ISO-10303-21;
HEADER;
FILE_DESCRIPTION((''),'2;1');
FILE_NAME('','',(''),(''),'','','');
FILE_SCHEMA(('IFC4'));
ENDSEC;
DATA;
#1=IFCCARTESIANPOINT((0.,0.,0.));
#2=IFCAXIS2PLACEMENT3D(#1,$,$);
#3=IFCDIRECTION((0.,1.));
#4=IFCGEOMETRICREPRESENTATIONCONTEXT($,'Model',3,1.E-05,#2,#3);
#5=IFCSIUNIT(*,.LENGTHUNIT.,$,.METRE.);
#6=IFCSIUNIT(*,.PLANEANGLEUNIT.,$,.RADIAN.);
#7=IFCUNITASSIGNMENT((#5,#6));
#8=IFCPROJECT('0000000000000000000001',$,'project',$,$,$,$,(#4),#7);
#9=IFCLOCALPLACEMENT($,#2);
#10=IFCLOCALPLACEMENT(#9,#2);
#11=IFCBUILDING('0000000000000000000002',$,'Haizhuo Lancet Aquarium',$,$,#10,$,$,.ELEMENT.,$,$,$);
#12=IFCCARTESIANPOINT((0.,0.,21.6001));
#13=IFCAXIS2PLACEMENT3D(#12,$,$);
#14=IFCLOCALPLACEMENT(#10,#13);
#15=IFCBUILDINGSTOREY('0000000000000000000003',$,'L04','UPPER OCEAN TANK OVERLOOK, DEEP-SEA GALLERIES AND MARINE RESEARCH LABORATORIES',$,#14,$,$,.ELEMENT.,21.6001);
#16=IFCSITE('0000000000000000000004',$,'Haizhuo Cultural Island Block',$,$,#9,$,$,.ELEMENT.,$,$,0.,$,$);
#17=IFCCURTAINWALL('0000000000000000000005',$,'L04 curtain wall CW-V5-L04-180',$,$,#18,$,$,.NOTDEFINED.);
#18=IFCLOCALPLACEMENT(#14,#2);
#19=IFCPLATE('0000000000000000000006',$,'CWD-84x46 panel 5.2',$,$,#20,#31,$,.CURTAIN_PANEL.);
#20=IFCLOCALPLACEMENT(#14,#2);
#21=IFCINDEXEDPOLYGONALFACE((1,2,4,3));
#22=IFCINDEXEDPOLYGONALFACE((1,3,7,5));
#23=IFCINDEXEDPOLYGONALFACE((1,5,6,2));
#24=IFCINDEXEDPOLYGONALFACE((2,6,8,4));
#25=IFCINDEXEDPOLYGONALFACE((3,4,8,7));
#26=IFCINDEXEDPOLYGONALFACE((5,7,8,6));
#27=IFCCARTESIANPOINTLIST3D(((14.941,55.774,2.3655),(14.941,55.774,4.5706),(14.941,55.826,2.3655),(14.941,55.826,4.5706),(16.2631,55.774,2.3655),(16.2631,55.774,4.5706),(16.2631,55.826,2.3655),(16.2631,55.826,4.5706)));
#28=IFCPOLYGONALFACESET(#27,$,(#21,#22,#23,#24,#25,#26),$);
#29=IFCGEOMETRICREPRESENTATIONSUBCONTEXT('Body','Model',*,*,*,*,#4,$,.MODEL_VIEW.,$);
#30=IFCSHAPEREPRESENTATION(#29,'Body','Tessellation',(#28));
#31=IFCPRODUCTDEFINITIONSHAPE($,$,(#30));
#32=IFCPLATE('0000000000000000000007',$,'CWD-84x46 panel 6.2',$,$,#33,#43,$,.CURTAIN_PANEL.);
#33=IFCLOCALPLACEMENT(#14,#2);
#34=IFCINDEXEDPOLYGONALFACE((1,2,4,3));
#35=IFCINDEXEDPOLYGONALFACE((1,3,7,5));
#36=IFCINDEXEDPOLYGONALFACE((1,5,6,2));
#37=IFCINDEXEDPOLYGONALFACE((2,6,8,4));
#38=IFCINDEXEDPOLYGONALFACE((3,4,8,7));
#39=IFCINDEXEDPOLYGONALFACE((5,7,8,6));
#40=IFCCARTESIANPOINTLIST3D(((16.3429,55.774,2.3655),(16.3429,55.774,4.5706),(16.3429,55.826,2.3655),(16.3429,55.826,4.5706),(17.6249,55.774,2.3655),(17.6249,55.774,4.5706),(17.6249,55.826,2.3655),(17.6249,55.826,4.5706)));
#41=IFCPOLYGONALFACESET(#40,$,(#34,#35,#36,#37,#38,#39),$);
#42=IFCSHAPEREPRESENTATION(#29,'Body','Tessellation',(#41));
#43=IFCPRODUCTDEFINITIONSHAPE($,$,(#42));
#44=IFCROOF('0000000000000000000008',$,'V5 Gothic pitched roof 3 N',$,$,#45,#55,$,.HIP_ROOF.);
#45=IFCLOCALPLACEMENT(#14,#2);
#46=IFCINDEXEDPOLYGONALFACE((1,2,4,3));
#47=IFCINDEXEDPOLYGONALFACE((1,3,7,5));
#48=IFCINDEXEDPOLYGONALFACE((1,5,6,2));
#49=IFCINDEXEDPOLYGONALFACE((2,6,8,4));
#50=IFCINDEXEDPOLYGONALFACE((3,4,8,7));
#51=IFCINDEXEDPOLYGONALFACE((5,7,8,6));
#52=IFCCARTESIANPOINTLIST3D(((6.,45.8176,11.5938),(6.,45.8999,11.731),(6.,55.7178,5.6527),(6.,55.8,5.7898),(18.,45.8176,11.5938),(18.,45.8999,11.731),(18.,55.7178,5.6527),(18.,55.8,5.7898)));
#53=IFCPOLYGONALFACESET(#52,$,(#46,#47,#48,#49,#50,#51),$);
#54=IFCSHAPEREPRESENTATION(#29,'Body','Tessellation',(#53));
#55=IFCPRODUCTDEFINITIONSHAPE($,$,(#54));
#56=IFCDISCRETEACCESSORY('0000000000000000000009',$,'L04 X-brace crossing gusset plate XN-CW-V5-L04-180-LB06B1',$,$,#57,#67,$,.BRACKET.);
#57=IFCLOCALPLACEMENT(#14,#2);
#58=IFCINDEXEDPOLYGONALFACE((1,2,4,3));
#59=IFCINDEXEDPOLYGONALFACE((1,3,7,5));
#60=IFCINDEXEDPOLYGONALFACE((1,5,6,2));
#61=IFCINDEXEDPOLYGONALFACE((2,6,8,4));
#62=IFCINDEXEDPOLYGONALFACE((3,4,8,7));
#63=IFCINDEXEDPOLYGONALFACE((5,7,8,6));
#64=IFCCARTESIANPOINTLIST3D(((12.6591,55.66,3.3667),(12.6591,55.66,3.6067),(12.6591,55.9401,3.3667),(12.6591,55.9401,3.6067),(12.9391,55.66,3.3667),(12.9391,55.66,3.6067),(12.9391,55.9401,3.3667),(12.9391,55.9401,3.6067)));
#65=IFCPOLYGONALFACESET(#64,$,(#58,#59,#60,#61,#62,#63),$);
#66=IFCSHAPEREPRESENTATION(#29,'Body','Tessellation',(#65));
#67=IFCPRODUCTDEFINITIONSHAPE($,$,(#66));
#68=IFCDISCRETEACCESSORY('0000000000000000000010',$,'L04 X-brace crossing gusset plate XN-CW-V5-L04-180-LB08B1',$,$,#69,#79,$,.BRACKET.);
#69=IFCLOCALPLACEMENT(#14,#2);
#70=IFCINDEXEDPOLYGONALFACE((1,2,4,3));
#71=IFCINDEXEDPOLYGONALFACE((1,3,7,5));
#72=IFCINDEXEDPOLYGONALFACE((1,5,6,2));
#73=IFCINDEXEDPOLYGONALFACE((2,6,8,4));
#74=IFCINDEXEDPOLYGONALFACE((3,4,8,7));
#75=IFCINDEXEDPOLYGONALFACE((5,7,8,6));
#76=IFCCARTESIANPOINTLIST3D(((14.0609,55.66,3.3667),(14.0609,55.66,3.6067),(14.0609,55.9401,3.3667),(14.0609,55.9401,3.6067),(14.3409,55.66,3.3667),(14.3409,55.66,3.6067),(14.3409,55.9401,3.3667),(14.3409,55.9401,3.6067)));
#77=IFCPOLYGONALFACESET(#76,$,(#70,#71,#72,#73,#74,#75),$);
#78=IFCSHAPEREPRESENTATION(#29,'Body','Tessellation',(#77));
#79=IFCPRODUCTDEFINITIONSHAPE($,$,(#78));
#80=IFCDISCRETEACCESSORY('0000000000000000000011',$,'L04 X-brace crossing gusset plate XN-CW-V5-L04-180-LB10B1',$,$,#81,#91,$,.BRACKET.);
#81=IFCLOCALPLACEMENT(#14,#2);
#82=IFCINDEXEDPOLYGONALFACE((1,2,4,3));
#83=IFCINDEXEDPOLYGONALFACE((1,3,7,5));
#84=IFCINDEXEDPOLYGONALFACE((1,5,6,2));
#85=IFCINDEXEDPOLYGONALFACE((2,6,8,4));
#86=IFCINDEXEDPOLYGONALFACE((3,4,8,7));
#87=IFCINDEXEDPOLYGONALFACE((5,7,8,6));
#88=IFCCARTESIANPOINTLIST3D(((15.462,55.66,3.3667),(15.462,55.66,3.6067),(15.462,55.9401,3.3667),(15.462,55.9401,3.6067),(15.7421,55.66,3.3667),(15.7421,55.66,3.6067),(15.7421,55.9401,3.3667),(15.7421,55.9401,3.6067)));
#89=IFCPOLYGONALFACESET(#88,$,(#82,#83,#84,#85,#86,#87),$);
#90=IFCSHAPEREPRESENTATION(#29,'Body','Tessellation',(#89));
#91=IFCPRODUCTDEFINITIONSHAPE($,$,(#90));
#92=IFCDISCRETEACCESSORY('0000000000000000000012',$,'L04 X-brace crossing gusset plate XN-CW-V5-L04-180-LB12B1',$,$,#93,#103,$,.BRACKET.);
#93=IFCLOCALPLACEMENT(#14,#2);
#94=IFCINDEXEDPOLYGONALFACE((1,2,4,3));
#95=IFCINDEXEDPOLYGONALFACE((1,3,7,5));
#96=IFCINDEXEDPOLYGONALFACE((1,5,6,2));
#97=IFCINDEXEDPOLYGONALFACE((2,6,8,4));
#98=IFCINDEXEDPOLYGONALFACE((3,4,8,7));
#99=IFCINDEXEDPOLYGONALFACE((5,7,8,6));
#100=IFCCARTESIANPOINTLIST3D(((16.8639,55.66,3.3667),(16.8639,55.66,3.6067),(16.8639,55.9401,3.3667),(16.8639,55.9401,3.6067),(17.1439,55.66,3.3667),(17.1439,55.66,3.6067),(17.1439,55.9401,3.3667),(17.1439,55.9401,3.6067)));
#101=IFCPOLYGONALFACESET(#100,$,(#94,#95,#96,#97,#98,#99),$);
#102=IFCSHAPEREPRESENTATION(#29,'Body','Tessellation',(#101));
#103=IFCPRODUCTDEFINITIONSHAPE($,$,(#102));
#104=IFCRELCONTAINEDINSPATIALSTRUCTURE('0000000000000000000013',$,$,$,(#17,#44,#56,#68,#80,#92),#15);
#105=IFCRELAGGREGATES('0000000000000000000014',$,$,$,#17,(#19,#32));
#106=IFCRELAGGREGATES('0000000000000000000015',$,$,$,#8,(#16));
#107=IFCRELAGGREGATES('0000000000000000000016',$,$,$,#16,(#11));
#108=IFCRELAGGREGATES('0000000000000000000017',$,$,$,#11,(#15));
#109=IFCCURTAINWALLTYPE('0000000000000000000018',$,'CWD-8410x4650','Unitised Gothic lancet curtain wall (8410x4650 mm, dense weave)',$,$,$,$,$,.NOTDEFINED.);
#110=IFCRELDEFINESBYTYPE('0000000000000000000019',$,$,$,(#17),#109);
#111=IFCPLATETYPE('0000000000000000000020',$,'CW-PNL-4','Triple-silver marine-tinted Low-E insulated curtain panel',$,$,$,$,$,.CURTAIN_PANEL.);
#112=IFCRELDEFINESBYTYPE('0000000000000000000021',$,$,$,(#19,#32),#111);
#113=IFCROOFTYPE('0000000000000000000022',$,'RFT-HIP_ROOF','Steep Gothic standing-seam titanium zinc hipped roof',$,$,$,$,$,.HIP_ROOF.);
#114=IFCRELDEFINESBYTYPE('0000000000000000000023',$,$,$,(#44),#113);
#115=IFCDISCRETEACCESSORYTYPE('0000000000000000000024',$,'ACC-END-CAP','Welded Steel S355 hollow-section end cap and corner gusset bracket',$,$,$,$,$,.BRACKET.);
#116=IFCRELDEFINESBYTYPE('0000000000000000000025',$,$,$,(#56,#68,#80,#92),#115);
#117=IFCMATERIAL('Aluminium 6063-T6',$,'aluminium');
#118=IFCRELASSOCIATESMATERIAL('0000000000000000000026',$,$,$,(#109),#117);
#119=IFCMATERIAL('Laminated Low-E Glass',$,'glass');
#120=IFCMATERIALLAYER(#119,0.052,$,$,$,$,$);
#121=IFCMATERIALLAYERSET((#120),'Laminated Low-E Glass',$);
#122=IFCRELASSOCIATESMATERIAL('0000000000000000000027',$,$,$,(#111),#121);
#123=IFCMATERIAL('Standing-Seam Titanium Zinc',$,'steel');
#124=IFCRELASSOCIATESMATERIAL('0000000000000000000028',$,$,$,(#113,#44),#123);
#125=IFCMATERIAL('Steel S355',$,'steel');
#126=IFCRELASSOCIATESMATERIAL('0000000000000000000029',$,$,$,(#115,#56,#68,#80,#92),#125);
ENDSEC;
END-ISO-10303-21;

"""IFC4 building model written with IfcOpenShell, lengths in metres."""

from ifc_helpers import new_model, si_unit, direction, frame, origin, origin_2d, place, context, subcontext, project, spatial, polyline, rectangle, outline, extrude, material, layer, layer_set, type_object, element, aggregate, save


model = new_model("IFC4")

# Units and contexts
model_context = context("Model", 3, precision=1e-05, world=origin(), true_north=direction((0.0, 1.0)))
body_context = subcontext(model_context, "Body", "Model", "MODEL_VIEW")
ifc_project = project(units=[si_unit("LENGTHUNIT", "METRE"), si_unit("PLANEANGLEUNIT", "RADIAN")], contexts=[model_context])

# Site, building, storey
site_placement = place(None, origin())
site = spatial("IfcSite", under=ifc_project, at=site_placement, Name="Haizhuo Cultural Island Block", CompositionType="ELEMENT", RefElevation=0.0)
building_placement = place(site_placement, origin())
building = spatial("IfcBuilding", under=site, at=building_placement, Name="Haizhuo Lancet Aquarium", CompositionType="ELEMENT")
storey_placement = place(building_placement, frame((0.0, 0.0, 21.6001)))
storey = spatial("IfcBuildingStorey", under=building, at=storey_placement, Name="L04", Description="UPPER OCEAN TANK OVERLOOK, DEEP-SEA GALLERIES AND MARINE RESEARCH LABORATORIES", CompositionType="ELEMENT", Elevation=21.6001)

# Curtain wall
ifc_material_1 = material(Name="Aluminium 6063-T6", Category="aluminium")
curtain_wall_type = type_object("IfcCurtainWallType", Name="CWD-8410x4650", Description="Unitised Gothic lancet curtain wall (8410x4650 mm, dense weave)", PredefinedType="NOTDEFINED", material=ifc_material_1)
curtain_wall_placement = place(storey_placement, origin())
curtain_wall = element("IfcCurtainWall", 1, at=curtain_wall_placement, inside=storey, type_object=curtain_wall_type, Name="L04 curtain wall CW-V5-L04-180", PredefinedType="NOTDEFINED")

# Shared definitions
ifc_material_2 = material(Name="Steel S355", Category="steel")

# Plates
ifc_material_3 = material(Name="Laminated Low-E Glass", Category="glass")
ifc_layer = layer(ifc_material_3, 0.052)
ifc_layer_set = layer_set([ifc_layer], Name="Laminated Low-E Glass")
plate_type = type_object("IfcPlateType", Name="CW-PNL-4", Description="Triple-silver marine-tinted Low-E insulated curtain panel", PredefinedType="CURTAIN_PANEL", material=ifc_layer_set)
plate_1_placement = place(storey_placement, frame((15.6021, 55.8, 2.3655), z_axis=(0.0, 0.0, 1.0), x_axis=(1.0, 0.0, 0.0)))
plate_1 = element("IfcPlate", 2, at=plate_1_placement, type_object=plate_type, Name="CWD-84x46 panel 5.2", PredefinedType="CURTAIN_PANEL", context=body_context, shape_type="SweptSolid", body=[
    extrude(rectangle(XDim=1.322, YDim=0.052, at=origin_2d()), origin(), (0.0, 0.0, 1.0), 2.2051),
])
plate_2_placement = place(storey_placement, frame((16.9839, 55.8, 2.3655), z_axis=(0.0, 0.0, 1.0), x_axis=(1.0, 0.0, 0.0)))
plate_2 = element("IfcPlate", 3, at=plate_2_placement, type_object=plate_type, Name="CWD-84x46 panel 6.2", PredefinedType="CURTAIN_PANEL", context=body_context, shape_type="SweptSolid", body=[
    extrude(rectangle(XDim=1.282, YDim=0.052, at=origin_2d()), origin(), (0.0, 0.0, 1.0), 2.2051),
])
aggregate(curtain_wall, [plate_1, plate_2])

# Roof
ifc_material_4 = material(Name="Standing-Seam Titanium Zinc", Category="steel")
roof_type = type_object("IfcRoofType", Name="RFT-HIP_ROOF", Description="Steep Gothic standing-seam titanium zinc hipped roof", PredefinedType="HIP_ROOF", material=ifc_material_4)
roof_placement = place(storey_placement, frame((18.0, 55.8, 5.7898), z_axis=(0.0, 0.514564, 0.857452), x_axis=(-1.0, 0.0, 0.0)))
element("IfcRoof", 4, at=roof_placement, inside=storey, type_object=roof_type, material=ifc_material_4, Name="V5 Gothic pitched roof 3 N", PredefinedType="HIP_ROOF", context=body_context, shape_type="SweptSolid", body=[
    extrude(outline(polyline([(0.0, 0.0), (12.0, 0.0), (12.0, 11.546), (0.0, 11.546), (0.0, 0.0)])), origin(), (0.0, 0.0, -1.0), 0.1599),
])

# Discrete accessories
discrete_accessory_type = type_object("IfcDiscreteAccessoryType", Name="ACC-END-CAP", Description="Welded Steel S355 hollow-section end cap and corner gusset bracket", PredefinedType="BRACKET", material=ifc_material_2)
for number, where, z_axis, x_axis, name in (
    (5, (12.7991, 55.8, 3.3667), (0.0, 0.0, 1.0), (1.0, 0.0, 0.0), "L04 X-brace crossing gusset plate XN-CW-V5-L04-180-LB06B1"),
    (6, (14.2009, 55.8, 3.3667), (0.0, 0.0, 1.0), (1.0, 0.0, 0.0), "L04 X-brace crossing gusset plate XN-CW-V5-L04-180-LB08B1"),
    (7, (15.6021, 55.8, 3.3667), (0.0, 0.0, 1.0), (1.0, 0.0, 0.0), "L04 X-brace crossing gusset plate XN-CW-V5-L04-180-LB10B1"),
    (8, (17.0039, 55.8, 3.3667), (0.0, 0.0, 1.0), (1.0, 0.0, 0.0), "L04 X-brace crossing gusset plate XN-CW-V5-L04-180-LB12B1"),
):
    element("IfcDiscreteAccessory", number, at=place(storey_placement, frame(where, z_axis=z_axis, x_axis=x_axis)), inside=storey, type_object=discrete_accessory_type, material=ifc_material_2, Name=name, PredefinedType="BRACKET", context=body_context, shape_type="SweptSolid", body=[
        extrude(rectangle(XDim=0.28, YDim=0.28, at=origin_2d()), origin(), (0.0, 0.0, 1.0), 0.24),
    ])

save(model, "model.ifc")
